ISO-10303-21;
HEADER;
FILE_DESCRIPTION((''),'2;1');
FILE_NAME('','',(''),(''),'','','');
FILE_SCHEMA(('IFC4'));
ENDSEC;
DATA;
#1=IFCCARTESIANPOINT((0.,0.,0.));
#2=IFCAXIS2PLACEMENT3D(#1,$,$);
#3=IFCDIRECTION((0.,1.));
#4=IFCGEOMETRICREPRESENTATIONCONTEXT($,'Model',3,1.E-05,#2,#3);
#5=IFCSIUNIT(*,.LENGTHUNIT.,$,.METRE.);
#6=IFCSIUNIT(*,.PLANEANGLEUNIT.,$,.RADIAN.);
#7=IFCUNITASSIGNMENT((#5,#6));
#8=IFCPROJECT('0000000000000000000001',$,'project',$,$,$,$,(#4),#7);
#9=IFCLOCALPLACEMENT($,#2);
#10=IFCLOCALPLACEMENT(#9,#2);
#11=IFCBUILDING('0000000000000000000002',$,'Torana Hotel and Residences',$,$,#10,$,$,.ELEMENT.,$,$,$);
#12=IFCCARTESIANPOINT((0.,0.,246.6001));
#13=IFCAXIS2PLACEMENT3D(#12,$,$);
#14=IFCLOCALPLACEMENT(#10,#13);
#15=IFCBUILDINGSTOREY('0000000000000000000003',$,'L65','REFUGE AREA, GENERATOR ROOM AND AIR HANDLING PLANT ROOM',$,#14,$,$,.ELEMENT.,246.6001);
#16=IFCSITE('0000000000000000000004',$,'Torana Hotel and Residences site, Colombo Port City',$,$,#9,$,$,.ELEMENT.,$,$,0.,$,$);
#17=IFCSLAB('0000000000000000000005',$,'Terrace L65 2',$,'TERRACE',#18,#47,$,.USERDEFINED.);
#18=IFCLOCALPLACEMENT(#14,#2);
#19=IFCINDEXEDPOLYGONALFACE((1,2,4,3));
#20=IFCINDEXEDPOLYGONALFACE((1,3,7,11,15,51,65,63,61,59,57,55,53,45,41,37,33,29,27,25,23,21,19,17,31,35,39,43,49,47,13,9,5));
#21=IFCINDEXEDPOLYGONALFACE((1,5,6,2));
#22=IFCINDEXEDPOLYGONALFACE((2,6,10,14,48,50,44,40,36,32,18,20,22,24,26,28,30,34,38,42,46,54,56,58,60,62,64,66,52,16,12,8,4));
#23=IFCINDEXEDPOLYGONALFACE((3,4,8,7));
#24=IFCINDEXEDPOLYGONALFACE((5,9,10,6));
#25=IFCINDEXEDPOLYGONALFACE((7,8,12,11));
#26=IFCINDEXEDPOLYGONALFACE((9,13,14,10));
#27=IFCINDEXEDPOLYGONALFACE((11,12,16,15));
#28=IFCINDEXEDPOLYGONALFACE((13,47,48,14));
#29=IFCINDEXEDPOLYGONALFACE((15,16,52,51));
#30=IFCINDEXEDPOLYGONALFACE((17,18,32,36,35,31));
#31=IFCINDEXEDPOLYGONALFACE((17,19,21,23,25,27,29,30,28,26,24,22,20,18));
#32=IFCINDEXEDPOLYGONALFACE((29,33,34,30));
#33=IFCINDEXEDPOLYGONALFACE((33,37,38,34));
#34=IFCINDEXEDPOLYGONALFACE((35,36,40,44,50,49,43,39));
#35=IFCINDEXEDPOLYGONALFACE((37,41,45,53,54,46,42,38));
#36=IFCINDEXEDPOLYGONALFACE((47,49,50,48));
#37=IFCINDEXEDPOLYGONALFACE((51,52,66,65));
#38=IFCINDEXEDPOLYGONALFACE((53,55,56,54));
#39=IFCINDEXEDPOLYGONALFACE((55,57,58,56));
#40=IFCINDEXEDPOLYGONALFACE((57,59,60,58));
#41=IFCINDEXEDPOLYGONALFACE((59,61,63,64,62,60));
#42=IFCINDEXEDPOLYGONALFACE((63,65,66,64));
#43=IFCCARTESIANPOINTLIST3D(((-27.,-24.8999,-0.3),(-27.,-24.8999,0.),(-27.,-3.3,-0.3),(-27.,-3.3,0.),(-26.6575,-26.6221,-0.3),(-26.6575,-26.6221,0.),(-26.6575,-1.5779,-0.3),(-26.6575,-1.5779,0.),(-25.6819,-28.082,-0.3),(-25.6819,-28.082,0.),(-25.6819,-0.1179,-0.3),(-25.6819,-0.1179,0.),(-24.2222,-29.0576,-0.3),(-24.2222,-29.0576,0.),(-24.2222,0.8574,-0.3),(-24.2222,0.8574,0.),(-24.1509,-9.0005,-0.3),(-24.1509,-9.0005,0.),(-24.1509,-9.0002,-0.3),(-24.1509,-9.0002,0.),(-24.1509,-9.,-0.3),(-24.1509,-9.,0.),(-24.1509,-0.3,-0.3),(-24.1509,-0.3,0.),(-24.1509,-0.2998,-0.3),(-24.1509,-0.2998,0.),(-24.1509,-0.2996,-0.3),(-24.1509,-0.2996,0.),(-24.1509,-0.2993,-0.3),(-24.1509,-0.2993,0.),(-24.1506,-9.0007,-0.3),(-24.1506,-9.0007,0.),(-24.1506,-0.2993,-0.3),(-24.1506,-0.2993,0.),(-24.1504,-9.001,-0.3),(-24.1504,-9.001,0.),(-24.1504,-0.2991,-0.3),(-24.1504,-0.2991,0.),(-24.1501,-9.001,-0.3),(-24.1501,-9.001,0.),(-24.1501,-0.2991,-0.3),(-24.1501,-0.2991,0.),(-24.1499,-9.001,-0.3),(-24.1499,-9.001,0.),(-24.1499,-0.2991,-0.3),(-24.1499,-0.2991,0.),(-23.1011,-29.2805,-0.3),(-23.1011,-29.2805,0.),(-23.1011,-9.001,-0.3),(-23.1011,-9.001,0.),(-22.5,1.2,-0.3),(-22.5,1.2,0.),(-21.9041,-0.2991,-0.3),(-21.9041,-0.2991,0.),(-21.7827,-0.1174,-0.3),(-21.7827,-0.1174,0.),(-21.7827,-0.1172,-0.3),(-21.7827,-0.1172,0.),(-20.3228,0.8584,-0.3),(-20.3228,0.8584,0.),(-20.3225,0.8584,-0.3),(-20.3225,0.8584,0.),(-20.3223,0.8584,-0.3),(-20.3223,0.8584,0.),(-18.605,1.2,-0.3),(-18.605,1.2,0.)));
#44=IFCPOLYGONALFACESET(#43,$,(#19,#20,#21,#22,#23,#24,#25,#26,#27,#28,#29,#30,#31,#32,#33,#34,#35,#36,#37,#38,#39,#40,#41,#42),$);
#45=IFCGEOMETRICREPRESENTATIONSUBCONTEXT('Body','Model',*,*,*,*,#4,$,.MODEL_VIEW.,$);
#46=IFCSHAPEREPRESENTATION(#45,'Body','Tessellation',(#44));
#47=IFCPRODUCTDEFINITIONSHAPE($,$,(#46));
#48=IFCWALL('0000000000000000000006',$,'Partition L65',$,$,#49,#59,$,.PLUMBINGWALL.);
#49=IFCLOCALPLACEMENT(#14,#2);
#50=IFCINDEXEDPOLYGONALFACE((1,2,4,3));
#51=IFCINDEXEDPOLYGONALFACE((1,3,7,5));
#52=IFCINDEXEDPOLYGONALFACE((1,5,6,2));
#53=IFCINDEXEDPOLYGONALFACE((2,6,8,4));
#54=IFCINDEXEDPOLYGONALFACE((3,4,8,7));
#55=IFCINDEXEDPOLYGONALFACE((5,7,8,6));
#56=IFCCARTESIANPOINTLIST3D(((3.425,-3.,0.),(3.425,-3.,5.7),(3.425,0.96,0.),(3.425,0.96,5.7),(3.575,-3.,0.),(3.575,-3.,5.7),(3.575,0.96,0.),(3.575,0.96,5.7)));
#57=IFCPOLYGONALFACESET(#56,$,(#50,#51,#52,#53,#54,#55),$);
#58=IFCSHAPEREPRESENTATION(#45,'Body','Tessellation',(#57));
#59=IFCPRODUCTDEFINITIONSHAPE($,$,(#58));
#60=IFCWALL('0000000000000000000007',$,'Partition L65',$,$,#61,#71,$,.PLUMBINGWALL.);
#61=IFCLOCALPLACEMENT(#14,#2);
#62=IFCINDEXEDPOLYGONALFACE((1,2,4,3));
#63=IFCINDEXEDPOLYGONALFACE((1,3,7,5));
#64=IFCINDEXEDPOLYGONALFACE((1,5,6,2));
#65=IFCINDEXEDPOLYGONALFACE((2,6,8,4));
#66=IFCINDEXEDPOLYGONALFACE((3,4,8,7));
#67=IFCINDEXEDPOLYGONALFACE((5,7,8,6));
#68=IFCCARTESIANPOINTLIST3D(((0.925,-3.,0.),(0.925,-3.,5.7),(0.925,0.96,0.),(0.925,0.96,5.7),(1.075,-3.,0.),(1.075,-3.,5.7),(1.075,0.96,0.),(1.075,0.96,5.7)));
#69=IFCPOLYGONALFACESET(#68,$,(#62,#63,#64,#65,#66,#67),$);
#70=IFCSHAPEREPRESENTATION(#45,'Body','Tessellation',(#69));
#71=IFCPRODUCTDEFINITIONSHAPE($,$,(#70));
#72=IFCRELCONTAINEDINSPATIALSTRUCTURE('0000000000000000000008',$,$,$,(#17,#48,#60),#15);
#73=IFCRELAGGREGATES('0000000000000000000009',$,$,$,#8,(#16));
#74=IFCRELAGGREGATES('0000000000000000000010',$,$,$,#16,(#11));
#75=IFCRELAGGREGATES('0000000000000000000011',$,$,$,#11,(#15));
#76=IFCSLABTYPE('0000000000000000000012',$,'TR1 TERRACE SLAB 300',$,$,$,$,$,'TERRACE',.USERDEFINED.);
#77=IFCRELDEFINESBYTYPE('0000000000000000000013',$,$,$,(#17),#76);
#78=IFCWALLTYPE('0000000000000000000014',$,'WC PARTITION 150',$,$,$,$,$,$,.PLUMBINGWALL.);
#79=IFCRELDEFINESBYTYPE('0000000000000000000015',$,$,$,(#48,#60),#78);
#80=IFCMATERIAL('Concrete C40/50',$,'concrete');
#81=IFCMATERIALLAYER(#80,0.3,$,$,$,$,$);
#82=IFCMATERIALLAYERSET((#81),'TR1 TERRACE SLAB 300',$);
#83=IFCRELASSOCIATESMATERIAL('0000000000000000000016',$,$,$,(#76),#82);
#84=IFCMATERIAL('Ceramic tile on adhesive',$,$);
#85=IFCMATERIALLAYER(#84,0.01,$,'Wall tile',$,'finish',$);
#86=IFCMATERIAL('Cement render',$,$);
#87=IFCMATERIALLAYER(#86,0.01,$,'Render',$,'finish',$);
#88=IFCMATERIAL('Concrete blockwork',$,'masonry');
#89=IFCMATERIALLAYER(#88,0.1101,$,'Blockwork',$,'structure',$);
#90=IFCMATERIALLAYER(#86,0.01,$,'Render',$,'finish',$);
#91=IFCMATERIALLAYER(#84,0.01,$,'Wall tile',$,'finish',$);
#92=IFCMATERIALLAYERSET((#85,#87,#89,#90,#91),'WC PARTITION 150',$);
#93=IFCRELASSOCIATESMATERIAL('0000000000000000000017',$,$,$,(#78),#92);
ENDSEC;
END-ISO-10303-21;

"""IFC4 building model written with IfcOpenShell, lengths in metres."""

from ifc_helpers import new_model, si_unit, direction, frame, frame_2d, origin, place, context, subcontext, project, spatial, polyline, rectangle, outline, extrude, material, layer, layer_set, type_object, element, save


model = new_model("IFC4")

# Units and contexts
model_context = context("Model", 3, precision=1e-05, world=origin(), true_north=direction((0.0, 1.0)))
body_context = subcontext(model_context, "Body", "Model", "MODEL_VIEW")
ifc_project = project(units=[si_unit("LENGTHUNIT", "METRE"), si_unit("PLANEANGLEUNIT", "RADIAN")], contexts=[model_context])

# Site, building, storey
site_placement = place(None, origin())
site = spatial("IfcSite", under=ifc_project, at=site_placement, Name="Torana Hotel and Residences site, Colombo Port City", CompositionType="ELEMENT", RefElevation=0.0)
building_placement = place(site_placement, origin())
building = spatial("IfcBuilding", under=site, at=building_placement, Name="Torana Hotel and Residences", CompositionType="ELEMENT")
storey_placement = place(building_placement, frame((0.0, 0.0, 246.6001)))
storey = spatial("IfcBuildingStorey", under=building, at=storey_placement, Name="L65", Description="REFUGE AREA, GENERATOR ROOM AND AIR HANDLING PLANT ROOM", CompositionType="ELEMENT", Elevation=246.6001)

# Slab
ifc_material_1 = material(Name="Concrete C40/50", Category="concrete")
ifc_layer_1 = layer(ifc_material_1, 0.3)
ifc_layer_set_1 = layer_set([ifc_layer_1], Name="TR1 TERRACE SLAB 300")
slab_type_1 = type_object("IfcSlabType", Name="TR1 TERRACE SLAB 300", ElementType="TERRACE", PredefinedType="USERDEFINED", material=ifc_layer_set_1)
slab_1_placement = place(storey_placement, frame((0.0, 0.0, -0.3)))
element("IfcSlab", 1, at=slab_1_placement, inside=storey, type_object=slab_type_1, Name="Terrace L65 2", ObjectType="TERRACE", PredefinedType="USERDEFINED", context=body_context, shape_type="SweptSolid", body=[
    extrude(outline(polyline([(-24.2222, -29.0576), (-25.6819, -28.082), (-26.6575, -26.6221), (-27.0, -24.8999), (-27.0, -3.3), (-26.6575, -1.5779), (-25.6819, -0.1179), (-24.2222, 0.8574), (-22.5, 1.2), (-18.605, 1.2), (-20.3223, 0.8584), (-20.3225, 0.8584), (-20.3225, 0.8584), (-20.3225, 0.8584), (-20.3228, 0.8584), (-21.7827, -0.1172), (-21.7827, -0.1172), (-21.7827, -0.1172), (-21.7827, -0.1174), (-21.7827, -0.1174), (-21.9041, -0.2991), (-24.1499, -0.2991), (-24.1501, -0.2991), (-24.1501, -0.2991), (-24.1504, -0.2991), (-24.1504, -0.2991), (-24.1504, -0.2991), (-24.1506, -0.2993), (-24.1506, -0.2993), (-24.1506, -0.2993), (-24.1509, -0.2993), (-24.1509, -0.2993), (-24.1509, -0.2996), (-24.1509, -0.2996), (-24.1509, -0.2998), (-24.1509, -0.2998), (-24.1509, -0.2998), (-24.1509, -0.3), (-24.1509, -9.0), (-24.1509, -9.0), (-24.1509, -9.0002), (-24.1509, -9.0002), (-24.1509, -9.0005), (-24.1509, -9.0005), (-24.1509, -9.0005), (-24.1509, -9.0005), (-24.1506, -9.0007), (-24.1506, -9.0007), (-24.1506, -9.0007), (-24.1504, -9.001), (-24.1504, -9.001), (-24.1504, -9.001), (-24.1501, -9.001), (-24.1501, -9.001), (-24.1499, -9.001), (-23.1011, -9.001), (-23.1011, -29.2805), (-24.2222, -29.0576)])), origin(), (0.0, 0.0, 1.0), 0.3),
])

# Walls
ifc_material_2 = material(Name="Ceramic tile on adhesive")
ifc_layer_2 = layer(ifc_material_2, 0.01, Name="Wall tile", Category="finish")
ifc_material_3 = material(Name="Cement render")
ifc_layer_3 = layer(ifc_material_3, 0.01, Name="Render", Category="finish")
ifc_material_4 = material(Name="Concrete blockwork", Category="masonry")
ifc_layer_4 = layer(ifc_material_4, 0.1101, Name="Blockwork", Category="structure")
ifc_layer_5 = layer(ifc_material_3, 0.01, Name="Render", Category="finish")
ifc_layer_6 = layer(ifc_material_2, 0.01, Name="Wall tile", Category="finish")
ifc_layer_set_2 = layer_set([ifc_layer_2, ifc_layer_3, ifc_layer_4, ifc_layer_5, ifc_layer_6], Name="WC PARTITION 150")
wall_type = type_object("IfcWallType", Name="WC PARTITION 150", PredefinedType="PLUMBINGWALL", material=ifc_layer_set_2)
for number, where, z_axis, x_axis, name in (
    (2, (3.5, -3.0, 0.0), (0.0, 0.0, 1.0), (0.0, 1.0, 0.0), "Partition L65"),
    (3, (1.0, -3.0, 0.0), (0.0, 0.0, 1.0), (0.0, 1.0, 0.0), "Partition L65"),
):
    element("IfcWall", number, at=place(storey_placement, frame(where, z_axis=z_axis, x_axis=x_axis)), inside=storey, type_object=wall_type, Name=name, PredefinedType="PLUMBINGWALL", context=body_context, shape_type="SweptSolid", body=[
        extrude(rectangle(XDim=3.96, YDim=0.1499, at=frame_2d((1.98, 0.0))), origin(), (0.0, 0.0, 1.0), 5.7),
    ])

save(model, "model.ifc")
